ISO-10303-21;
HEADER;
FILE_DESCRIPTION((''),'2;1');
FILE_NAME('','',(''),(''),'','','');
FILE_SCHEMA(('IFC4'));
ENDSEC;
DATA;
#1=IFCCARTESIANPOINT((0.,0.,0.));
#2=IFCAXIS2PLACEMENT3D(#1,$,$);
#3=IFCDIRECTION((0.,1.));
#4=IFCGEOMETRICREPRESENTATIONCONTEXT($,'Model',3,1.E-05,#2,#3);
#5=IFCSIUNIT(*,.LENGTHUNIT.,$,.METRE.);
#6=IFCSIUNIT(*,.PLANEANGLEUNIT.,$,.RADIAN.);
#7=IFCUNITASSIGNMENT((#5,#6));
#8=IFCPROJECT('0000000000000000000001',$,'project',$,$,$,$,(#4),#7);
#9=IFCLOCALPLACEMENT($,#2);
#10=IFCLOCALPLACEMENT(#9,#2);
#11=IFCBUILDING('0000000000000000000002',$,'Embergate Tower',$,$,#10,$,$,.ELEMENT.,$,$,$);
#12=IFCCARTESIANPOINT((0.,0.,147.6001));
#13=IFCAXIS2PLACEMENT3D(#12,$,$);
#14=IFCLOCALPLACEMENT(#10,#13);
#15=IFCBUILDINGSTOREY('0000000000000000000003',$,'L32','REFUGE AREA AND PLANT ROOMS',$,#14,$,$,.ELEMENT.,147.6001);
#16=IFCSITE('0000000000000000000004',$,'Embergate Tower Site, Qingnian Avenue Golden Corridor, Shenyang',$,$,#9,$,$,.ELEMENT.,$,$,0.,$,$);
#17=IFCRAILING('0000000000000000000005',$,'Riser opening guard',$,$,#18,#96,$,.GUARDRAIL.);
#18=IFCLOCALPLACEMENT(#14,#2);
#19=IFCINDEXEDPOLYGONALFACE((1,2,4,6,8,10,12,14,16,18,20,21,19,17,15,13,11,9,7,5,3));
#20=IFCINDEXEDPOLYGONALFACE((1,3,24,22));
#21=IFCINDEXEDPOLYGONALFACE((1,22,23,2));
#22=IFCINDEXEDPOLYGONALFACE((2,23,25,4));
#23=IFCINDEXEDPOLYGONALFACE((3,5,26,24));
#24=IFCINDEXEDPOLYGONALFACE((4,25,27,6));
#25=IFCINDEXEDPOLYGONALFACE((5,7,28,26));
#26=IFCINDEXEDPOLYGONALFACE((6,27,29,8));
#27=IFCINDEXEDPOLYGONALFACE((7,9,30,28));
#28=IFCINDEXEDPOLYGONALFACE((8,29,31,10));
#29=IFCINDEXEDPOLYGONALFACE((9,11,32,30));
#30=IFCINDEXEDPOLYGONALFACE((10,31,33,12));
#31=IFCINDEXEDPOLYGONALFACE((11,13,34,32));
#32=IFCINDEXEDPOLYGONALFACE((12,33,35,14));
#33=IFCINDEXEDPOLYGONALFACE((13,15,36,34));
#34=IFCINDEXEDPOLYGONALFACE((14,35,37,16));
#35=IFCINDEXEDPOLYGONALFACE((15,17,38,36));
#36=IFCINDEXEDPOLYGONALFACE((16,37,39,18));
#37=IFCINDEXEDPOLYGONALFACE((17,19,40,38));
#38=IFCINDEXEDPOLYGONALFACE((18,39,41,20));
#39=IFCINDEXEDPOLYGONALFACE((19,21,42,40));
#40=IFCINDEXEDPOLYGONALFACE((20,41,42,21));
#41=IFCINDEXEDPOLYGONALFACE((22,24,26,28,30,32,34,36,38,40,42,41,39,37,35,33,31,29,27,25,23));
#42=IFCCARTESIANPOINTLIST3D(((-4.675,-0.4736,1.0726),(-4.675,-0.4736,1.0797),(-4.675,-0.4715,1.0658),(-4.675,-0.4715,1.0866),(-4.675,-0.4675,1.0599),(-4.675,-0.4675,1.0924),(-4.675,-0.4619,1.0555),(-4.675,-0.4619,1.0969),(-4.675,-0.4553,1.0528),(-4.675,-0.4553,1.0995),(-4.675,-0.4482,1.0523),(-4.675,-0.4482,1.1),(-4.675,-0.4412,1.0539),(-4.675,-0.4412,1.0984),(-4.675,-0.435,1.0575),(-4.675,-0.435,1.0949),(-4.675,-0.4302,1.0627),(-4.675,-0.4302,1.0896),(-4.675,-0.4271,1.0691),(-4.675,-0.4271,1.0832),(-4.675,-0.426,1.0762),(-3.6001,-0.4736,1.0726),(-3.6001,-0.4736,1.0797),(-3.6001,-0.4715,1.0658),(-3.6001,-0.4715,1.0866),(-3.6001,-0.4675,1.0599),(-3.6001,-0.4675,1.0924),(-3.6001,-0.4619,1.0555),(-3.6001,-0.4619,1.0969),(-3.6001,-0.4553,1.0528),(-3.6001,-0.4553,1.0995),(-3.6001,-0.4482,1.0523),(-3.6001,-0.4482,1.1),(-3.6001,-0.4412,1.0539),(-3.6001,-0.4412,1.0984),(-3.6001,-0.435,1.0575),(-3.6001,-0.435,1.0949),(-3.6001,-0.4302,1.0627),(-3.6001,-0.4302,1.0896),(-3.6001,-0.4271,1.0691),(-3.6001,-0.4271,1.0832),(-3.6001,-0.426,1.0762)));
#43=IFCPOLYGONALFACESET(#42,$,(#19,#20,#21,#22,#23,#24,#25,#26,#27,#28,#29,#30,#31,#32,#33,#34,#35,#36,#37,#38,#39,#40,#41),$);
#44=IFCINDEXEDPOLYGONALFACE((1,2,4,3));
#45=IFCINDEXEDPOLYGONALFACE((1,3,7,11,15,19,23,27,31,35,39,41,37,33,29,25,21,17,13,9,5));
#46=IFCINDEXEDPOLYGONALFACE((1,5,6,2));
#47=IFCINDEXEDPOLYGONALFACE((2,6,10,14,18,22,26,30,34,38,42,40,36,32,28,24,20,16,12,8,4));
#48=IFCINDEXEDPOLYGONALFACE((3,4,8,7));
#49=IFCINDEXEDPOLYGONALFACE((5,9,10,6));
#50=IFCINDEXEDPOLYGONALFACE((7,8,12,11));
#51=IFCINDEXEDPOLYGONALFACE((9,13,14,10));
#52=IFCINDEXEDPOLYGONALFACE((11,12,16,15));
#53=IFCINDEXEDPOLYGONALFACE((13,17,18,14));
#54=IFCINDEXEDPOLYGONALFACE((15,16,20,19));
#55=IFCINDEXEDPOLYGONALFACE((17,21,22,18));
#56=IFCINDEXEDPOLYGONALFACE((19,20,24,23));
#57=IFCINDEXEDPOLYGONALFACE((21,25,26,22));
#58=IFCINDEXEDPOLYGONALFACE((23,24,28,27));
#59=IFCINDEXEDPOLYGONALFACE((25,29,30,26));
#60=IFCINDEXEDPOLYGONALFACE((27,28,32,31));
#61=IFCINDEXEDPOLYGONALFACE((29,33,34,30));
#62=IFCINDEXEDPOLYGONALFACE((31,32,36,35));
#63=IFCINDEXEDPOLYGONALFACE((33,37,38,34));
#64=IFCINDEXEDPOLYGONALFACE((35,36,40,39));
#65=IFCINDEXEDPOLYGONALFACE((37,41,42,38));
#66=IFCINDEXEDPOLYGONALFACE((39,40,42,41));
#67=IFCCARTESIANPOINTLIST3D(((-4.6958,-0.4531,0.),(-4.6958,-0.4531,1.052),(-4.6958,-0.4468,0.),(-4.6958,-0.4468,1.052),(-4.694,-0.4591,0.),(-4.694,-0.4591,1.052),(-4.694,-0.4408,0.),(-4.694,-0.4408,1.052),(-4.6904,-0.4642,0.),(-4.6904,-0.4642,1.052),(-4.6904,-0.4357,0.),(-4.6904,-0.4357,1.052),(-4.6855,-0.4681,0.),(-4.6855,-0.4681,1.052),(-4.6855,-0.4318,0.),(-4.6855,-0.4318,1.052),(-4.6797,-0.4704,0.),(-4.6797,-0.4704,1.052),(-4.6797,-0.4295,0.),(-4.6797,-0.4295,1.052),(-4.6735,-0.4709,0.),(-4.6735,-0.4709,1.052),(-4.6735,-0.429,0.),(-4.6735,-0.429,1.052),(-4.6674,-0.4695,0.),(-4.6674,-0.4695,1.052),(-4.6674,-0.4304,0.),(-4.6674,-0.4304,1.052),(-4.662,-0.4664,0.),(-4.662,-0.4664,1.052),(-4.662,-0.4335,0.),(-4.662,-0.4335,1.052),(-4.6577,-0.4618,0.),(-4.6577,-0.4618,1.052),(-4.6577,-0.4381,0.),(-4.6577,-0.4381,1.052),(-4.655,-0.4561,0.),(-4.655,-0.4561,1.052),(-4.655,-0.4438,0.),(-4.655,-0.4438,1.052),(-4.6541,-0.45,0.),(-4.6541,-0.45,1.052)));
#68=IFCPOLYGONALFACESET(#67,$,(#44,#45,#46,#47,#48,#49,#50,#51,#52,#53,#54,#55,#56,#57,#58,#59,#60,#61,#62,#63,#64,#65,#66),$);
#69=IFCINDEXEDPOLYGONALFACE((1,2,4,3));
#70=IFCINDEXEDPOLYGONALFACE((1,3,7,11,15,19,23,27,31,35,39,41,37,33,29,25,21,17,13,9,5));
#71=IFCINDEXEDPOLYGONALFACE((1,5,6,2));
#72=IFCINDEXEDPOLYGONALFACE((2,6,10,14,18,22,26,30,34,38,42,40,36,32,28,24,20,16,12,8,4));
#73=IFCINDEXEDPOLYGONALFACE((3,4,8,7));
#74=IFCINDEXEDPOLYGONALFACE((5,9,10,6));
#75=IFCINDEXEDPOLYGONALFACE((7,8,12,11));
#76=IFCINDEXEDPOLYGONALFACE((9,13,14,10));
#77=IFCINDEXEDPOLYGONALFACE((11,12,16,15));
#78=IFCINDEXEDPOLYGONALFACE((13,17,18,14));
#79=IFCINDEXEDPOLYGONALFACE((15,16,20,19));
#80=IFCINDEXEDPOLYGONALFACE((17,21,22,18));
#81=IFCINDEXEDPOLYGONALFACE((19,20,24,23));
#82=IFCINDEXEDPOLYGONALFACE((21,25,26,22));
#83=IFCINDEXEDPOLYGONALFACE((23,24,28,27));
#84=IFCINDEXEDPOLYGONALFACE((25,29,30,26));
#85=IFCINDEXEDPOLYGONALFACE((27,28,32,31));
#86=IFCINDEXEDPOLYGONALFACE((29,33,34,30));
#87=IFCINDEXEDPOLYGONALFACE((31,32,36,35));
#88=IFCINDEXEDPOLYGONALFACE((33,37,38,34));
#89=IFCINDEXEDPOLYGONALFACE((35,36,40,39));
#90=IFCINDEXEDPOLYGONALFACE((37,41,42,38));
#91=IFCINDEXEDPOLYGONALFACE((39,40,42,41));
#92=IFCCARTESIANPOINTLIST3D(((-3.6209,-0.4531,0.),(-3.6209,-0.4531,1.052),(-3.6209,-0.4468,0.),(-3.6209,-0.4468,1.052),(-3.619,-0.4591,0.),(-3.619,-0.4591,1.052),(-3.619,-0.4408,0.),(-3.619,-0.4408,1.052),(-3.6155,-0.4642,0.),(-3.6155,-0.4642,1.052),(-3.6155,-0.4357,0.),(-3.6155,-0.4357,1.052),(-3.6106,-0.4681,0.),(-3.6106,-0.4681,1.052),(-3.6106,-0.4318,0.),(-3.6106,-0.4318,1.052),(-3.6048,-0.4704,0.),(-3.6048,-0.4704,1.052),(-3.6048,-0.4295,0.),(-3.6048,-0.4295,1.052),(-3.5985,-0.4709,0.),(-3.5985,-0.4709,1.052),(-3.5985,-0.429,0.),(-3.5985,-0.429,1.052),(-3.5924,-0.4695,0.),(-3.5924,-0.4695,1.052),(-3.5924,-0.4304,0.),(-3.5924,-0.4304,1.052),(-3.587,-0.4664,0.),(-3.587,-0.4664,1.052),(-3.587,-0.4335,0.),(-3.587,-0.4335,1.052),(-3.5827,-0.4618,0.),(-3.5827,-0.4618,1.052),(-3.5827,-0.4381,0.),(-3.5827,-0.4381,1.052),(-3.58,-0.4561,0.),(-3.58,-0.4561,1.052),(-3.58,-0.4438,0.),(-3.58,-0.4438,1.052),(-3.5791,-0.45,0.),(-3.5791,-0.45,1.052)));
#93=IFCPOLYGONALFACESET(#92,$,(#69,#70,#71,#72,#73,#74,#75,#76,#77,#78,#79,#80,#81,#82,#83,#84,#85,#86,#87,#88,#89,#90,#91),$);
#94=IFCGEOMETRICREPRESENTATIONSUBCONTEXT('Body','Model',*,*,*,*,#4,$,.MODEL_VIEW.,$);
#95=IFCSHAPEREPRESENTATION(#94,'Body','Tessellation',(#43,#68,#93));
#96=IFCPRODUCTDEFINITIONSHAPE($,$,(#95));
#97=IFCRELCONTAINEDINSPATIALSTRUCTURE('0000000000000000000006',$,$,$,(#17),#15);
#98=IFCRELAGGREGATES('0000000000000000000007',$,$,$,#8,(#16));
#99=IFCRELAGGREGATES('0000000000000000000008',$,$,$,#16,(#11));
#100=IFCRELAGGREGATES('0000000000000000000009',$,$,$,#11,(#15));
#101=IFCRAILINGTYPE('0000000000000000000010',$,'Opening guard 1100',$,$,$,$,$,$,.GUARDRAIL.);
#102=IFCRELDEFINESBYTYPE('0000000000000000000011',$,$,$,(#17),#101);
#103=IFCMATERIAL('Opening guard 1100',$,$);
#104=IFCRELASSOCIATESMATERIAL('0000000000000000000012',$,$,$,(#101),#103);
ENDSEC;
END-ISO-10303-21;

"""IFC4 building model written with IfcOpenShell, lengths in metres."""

from ifc_helpers import new_model, si_unit, direction, frame, origin, origin_2d, place, context, subcontext, project, spatial, circle, extrude, source, transform, mapped, material, type_object, element, save


model = new_model("IFC4")

# Units and contexts
model_context = context("Model", 3, precision=1e-05, world=origin(), true_north=direction((0.0, 1.0)))
body_context = subcontext(model_context, "Body", "Model", "MODEL_VIEW")
ifc_project = project(units=[si_unit("LENGTHUNIT", "METRE"), si_unit("PLANEANGLEUNIT", "RADIAN")], contexts=[model_context])

# Site, building, storey
site_placement = place(None, origin())
site = spatial("IfcSite", under=ifc_project, at=site_placement, Name="Embergate Tower Site, Qingnian Avenue Golden Corridor, Shenyang", CompositionType="ELEMENT", RefElevation=0.0)
building_placement = place(site_placement, origin())
building = spatial("IfcBuilding", under=site, at=building_placement, Name="Embergate Tower", CompositionType="ELEMENT")
storey_placement = place(building_placement, frame((0.0, 0.0, 147.6001)))
storey = spatial("IfcBuildingStorey", under=building, at=storey_placement, Name="L32", Description="REFUGE AREA AND PLANT ROOMS", CompositionType="ELEMENT", Elevation=147.6001)

# Railing
ifc_material_1 = material(Name="Opening guard 1100")
railing_type_1 = type_object("IfcRailingType", Name="Opening guard 1100", PredefinedType="GUARDRAIL", material=ifc_material_1)
shared_shape_1 = source(origin(), body_context, "Body", "SweptSolid", [
    extrude(circle(Radius=0.0239, at=origin_2d()), frame((0.0, 0.0, 1.0762), z_axis=(1.0, 0.0, 0.0), x_axis=(0.0, 1.0, 0.0)), (0.0, 0.0, 1.0), 1.075),
    extrude(circle(Radius=0.021, at=origin_2d()), origin(), (0.0, 0.0, 1.0), 1.052),
    extrude(circle(Radius=0.021, at=origin_2d()), frame((1.075, 0.0, 0.0)), (0.0, 0.0, 1.0), 1.052),
])
railing_1_placement = place(storey_placement, frame((-4.675, -0.45, 0.0)))
element("IfcRailing", 1, at=railing_1_placement, inside=storey, type_object=railing_type_1, Name="Riser opening guard", PredefinedType="GUARDRAIL", context=body_context, shape_type="MappedRepresentation", body=[
    mapped(shared_shape_1, transform((0.0, 0.0, 0.0))),
])

save(model, "model.ifc")
